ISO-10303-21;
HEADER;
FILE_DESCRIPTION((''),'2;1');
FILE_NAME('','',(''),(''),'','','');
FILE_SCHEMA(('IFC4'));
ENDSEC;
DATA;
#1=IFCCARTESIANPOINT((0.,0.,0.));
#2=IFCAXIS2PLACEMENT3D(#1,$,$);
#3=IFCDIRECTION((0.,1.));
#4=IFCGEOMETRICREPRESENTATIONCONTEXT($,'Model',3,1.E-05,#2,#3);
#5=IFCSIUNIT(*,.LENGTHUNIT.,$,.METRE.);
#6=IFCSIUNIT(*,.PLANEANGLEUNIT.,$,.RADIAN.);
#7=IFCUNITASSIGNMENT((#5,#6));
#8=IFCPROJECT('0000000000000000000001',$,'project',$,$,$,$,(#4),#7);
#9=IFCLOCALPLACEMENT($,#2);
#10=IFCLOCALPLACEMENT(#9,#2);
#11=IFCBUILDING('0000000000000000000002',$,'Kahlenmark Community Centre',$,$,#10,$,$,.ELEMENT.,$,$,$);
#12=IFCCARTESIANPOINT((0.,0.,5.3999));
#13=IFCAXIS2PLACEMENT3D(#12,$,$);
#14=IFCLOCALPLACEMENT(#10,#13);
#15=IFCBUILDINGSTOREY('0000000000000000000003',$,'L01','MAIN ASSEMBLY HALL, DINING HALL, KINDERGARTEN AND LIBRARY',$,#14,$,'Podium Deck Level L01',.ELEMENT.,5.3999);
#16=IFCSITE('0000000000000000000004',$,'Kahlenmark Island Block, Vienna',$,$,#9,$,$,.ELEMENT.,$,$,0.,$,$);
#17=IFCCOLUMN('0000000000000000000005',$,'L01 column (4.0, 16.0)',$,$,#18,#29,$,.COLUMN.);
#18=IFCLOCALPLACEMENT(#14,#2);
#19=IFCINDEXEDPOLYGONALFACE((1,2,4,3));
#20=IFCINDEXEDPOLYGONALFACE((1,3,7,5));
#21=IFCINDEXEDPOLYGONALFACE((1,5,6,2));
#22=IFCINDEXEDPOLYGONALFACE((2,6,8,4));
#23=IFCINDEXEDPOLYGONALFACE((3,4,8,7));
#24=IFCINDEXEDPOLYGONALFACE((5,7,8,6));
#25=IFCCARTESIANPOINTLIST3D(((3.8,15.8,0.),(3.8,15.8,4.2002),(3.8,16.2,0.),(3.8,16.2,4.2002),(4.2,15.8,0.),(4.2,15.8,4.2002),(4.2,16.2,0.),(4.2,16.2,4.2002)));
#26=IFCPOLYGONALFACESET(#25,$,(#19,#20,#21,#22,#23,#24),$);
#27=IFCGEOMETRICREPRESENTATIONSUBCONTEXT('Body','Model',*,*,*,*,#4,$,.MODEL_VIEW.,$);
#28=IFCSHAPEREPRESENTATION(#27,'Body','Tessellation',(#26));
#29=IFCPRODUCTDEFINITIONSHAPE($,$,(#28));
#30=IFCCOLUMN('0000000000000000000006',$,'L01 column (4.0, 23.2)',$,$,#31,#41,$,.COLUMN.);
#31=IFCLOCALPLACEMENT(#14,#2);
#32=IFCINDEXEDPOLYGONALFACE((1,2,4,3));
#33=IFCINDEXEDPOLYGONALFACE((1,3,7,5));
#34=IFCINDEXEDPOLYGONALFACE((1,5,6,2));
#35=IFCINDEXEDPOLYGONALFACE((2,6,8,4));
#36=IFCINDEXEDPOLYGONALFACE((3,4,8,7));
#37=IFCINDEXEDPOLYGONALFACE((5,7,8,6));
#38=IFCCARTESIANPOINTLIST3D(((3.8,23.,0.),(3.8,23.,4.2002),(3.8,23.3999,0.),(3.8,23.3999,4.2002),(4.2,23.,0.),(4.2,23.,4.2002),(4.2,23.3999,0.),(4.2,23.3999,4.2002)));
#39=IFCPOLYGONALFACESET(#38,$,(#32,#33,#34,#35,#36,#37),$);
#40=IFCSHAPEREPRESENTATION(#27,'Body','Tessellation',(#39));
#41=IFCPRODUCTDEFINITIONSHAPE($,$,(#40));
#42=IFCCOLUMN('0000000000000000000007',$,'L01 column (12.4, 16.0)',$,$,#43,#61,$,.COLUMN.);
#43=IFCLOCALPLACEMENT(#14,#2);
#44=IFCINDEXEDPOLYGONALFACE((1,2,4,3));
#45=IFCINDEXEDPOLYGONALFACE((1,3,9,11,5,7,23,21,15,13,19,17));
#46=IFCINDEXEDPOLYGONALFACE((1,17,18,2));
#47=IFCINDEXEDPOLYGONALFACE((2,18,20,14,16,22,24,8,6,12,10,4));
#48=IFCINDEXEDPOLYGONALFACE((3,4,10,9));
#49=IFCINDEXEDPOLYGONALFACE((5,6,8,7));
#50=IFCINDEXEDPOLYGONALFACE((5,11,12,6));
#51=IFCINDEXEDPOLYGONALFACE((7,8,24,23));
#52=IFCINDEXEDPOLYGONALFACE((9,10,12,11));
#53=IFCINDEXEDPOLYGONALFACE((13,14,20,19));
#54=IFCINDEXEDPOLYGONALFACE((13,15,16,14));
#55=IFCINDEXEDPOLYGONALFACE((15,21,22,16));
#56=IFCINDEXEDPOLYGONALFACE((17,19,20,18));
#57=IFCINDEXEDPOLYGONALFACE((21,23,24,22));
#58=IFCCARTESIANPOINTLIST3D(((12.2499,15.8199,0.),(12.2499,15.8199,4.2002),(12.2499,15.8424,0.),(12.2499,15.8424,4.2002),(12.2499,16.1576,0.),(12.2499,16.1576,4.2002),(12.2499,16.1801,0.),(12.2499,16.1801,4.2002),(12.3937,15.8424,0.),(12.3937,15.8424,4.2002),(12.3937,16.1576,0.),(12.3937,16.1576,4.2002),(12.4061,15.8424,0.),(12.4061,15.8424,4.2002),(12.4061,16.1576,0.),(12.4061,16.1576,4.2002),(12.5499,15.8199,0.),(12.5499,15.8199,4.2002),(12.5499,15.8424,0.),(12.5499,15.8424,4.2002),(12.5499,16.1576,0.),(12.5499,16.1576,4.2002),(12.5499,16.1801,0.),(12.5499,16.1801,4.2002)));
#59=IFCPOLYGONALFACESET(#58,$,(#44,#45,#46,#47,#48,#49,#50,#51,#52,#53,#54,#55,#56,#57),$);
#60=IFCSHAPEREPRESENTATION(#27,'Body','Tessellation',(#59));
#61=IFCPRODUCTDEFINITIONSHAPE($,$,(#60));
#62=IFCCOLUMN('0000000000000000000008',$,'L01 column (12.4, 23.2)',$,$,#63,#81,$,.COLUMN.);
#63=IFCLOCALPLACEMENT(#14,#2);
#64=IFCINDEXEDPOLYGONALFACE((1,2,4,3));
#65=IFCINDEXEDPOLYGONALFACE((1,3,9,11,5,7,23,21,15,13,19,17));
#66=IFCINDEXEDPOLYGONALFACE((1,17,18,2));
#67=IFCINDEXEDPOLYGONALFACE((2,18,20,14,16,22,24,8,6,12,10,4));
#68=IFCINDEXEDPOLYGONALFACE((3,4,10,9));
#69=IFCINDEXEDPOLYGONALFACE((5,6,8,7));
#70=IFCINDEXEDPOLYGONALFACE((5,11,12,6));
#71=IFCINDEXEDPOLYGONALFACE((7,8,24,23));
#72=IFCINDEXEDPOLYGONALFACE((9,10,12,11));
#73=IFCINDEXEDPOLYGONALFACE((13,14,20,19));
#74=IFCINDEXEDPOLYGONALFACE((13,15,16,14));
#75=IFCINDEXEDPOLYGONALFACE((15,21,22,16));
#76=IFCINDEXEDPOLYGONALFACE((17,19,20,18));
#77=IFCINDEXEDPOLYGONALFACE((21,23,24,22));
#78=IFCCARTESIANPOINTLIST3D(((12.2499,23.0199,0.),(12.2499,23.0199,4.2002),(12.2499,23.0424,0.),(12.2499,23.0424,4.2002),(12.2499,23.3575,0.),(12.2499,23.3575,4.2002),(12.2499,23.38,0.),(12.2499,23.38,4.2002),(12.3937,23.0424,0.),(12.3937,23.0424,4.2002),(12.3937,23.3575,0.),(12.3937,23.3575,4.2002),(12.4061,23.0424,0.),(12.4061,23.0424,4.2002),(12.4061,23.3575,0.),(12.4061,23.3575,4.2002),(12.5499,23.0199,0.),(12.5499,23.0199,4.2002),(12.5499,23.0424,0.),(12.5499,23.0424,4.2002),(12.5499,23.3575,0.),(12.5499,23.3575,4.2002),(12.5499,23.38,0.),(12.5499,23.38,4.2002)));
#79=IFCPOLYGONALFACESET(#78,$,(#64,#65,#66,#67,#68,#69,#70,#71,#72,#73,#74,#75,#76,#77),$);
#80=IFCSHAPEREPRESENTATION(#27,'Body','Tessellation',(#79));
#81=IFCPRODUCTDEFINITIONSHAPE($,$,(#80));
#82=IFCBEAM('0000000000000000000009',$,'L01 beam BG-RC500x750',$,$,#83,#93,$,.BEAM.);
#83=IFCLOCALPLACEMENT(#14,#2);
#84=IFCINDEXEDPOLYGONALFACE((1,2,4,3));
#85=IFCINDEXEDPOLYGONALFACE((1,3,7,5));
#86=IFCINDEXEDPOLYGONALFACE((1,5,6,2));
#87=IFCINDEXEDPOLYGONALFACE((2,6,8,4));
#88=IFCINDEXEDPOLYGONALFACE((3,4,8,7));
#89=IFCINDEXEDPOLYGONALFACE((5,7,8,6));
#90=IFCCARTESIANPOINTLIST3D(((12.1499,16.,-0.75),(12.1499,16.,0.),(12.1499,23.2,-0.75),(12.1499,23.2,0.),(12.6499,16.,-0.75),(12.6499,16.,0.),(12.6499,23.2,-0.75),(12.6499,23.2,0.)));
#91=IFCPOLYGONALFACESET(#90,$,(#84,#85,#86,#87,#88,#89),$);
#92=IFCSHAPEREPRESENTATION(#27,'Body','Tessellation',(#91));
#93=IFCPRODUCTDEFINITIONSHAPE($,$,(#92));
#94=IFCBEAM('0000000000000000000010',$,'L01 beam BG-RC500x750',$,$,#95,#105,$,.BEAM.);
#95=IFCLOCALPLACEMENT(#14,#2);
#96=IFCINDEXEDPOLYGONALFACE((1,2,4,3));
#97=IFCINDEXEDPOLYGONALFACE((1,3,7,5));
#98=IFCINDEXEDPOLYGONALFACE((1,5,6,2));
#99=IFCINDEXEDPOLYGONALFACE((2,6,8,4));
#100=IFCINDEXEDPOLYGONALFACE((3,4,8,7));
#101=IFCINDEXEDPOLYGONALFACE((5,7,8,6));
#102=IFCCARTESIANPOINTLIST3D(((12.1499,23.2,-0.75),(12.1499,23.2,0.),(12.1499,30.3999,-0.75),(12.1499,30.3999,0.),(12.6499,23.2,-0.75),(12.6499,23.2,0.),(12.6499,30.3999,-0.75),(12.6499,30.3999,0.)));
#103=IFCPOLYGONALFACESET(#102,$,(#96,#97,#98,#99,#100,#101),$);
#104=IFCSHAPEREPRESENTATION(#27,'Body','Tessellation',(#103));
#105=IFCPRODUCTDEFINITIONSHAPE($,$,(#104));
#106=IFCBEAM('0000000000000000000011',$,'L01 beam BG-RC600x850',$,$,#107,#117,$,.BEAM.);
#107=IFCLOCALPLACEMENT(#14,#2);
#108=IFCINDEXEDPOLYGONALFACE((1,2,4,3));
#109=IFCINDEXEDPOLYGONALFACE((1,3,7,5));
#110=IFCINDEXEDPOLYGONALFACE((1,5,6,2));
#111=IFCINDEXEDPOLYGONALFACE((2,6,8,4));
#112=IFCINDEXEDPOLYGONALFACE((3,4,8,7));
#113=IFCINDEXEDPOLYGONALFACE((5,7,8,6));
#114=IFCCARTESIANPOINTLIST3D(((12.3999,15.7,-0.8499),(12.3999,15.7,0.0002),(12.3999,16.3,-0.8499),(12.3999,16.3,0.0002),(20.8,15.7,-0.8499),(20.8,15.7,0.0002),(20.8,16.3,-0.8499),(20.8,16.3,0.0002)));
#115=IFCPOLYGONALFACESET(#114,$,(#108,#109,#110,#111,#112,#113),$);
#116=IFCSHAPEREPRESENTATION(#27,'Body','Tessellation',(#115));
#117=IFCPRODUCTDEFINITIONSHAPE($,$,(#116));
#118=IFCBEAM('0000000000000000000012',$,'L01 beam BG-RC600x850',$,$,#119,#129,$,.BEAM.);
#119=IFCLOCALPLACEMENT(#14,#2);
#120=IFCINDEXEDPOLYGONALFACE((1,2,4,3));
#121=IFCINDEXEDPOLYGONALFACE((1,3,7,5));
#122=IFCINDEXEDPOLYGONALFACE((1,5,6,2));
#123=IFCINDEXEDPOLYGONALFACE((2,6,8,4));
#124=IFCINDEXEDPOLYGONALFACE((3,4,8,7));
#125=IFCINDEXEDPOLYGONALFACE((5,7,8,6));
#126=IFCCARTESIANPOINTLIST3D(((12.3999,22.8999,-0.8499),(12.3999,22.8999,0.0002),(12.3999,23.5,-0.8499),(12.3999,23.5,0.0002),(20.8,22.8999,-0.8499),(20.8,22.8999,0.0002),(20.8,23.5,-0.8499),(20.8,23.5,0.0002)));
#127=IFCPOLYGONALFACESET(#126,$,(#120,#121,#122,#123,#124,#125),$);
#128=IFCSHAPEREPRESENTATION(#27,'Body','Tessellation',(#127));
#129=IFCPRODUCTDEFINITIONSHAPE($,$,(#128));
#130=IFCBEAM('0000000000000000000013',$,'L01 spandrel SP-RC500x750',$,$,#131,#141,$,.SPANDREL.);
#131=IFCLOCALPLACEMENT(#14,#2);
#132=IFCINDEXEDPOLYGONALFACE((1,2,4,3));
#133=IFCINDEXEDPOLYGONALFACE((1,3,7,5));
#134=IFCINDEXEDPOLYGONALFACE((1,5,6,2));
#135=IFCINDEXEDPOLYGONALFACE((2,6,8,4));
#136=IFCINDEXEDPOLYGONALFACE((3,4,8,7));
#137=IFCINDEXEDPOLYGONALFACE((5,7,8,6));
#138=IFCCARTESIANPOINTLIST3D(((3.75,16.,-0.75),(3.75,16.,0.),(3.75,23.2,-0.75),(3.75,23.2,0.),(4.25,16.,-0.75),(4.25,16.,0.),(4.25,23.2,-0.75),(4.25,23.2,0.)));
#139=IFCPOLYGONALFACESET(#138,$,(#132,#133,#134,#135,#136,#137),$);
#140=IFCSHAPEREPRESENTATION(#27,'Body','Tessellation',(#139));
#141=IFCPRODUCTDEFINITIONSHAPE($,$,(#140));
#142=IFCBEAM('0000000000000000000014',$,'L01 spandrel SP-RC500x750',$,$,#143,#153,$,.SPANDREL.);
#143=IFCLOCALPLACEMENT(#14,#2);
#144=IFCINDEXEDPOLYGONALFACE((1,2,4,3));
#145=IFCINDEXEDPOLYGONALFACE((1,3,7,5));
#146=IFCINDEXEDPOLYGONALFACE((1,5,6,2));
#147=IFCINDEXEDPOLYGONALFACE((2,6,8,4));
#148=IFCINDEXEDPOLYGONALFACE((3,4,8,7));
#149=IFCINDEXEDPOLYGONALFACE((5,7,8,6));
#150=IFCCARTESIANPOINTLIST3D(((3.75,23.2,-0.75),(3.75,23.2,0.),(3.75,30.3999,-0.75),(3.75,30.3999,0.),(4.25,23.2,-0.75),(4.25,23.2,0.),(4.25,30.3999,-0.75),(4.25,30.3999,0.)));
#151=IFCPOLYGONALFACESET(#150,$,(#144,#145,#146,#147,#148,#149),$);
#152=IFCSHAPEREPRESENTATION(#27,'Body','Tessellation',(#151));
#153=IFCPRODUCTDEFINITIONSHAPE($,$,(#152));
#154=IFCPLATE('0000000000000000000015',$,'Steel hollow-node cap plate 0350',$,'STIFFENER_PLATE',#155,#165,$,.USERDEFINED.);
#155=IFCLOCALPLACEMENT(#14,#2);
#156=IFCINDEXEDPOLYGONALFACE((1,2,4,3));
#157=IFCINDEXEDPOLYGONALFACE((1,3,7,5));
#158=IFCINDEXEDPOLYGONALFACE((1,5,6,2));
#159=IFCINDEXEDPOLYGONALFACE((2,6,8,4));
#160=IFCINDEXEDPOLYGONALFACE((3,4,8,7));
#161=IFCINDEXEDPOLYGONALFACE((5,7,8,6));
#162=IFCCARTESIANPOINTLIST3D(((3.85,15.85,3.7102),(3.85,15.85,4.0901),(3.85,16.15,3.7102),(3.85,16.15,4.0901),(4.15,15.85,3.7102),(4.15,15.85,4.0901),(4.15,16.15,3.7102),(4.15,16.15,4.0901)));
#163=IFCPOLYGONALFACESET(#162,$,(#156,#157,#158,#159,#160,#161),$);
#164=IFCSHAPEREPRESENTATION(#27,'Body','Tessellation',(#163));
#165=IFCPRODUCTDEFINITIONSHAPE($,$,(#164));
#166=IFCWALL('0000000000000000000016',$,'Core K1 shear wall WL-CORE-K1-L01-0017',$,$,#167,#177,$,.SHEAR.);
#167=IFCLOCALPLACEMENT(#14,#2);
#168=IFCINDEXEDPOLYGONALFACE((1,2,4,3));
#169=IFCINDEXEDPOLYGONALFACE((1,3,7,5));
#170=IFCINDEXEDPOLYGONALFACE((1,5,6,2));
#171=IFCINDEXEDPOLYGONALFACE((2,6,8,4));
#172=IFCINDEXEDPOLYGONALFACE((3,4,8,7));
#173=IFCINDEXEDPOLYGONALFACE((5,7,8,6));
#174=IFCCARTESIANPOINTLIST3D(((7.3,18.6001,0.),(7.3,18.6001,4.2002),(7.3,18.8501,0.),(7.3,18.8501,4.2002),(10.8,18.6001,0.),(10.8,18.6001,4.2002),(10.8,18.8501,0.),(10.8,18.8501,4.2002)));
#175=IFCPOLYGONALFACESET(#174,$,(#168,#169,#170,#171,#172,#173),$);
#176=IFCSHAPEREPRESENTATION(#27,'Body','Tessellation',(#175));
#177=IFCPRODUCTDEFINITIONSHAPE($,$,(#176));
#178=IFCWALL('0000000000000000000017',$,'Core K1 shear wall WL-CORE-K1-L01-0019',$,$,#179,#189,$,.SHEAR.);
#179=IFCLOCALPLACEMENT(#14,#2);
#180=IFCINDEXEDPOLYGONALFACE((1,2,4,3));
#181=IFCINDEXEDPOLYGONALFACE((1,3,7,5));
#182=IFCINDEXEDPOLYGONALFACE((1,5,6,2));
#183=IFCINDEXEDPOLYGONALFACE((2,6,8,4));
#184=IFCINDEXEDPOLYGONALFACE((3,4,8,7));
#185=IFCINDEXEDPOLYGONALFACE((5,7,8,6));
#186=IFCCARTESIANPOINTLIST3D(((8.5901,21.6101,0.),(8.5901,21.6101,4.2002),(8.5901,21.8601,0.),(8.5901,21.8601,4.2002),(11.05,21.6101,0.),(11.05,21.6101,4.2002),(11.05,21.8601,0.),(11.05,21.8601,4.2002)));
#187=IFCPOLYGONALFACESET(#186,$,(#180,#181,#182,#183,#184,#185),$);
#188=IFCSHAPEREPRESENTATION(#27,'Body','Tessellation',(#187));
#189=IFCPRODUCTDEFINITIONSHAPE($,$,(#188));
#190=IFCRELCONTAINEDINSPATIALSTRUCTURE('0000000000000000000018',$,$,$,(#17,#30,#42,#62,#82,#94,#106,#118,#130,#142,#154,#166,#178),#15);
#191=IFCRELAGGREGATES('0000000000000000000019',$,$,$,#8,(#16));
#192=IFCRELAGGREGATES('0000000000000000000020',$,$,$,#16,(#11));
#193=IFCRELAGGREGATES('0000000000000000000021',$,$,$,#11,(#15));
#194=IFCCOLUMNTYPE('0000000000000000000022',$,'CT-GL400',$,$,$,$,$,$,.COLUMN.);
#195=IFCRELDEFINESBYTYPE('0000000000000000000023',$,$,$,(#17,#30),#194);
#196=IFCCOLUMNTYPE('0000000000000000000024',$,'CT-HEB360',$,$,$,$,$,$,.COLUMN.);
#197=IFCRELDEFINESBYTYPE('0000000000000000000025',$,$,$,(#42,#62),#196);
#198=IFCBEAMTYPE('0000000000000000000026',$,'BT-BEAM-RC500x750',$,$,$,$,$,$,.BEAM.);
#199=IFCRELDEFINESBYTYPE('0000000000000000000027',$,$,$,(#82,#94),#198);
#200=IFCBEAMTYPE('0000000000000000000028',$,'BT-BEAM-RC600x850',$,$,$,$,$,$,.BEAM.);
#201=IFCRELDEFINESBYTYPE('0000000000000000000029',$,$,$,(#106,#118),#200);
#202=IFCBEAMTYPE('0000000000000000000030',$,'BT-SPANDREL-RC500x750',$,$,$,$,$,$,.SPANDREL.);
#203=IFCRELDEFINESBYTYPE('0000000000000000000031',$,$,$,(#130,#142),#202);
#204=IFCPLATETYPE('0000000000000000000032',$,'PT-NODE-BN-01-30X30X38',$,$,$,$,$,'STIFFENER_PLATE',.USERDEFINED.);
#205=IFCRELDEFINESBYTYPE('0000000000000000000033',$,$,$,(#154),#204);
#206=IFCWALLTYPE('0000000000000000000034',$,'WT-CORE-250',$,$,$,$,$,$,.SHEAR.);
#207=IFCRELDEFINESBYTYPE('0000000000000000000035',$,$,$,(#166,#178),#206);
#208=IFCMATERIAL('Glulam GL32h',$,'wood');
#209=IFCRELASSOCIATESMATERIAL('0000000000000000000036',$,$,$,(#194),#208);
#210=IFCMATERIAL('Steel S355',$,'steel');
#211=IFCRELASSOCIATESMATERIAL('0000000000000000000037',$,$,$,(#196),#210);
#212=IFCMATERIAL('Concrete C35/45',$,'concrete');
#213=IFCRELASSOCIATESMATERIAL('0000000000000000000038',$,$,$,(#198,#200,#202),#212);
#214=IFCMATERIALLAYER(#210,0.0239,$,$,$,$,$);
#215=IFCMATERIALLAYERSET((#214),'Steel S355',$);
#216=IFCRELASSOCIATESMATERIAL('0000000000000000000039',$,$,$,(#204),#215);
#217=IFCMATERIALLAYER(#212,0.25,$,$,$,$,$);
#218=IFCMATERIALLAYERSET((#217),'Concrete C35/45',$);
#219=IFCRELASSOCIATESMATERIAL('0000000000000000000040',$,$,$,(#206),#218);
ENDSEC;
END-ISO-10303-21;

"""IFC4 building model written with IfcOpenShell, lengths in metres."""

from ifc_helpers import new_model, si_unit, direction, frame, frame_2d, origin, origin_2d, place, context, subcontext, project, spatial, rectangle, i_section, extrude, material, layer, layer_set, material_profile, profile_set, type_object, element, save


model = new_model("IFC4")

# Units and contexts
model_context = context("Model", 3, precision=1e-05, world=origin(), true_north=direction((0.0, 1.0)))
body_context = subcontext(model_context, "Body", "Model", "MODEL_VIEW")
ifc_project = project(units=[si_unit("LENGTHUNIT", "METRE"), si_unit("PLANEANGLEUNIT", "RADIAN")], contexts=[model_context])

# Site, building, storey
site_placement = place(None, origin())
site = spatial("IfcSite", under=ifc_project, at=site_placement, Name="Kahlenmark Island Block, Vienna", CompositionType="ELEMENT", RefElevation=0.0)
building_placement = place(site_placement, origin())
building = spatial("IfcBuilding", under=site, at=building_placement, Name="Kahlenmark Community Centre", CompositionType="ELEMENT")
storey_placement = place(building_placement, frame((0.0, 0.0, 5.3999)))
storey = spatial("IfcBuildingStorey", under=building, at=storey_placement, Name="L01", Description="MAIN ASSEMBLY HALL, DINING HALL, KINDERGARTEN AND LIBRARY", LongName="Podium Deck Level L01", CompositionType="ELEMENT", Elevation=5.3999)

# Columns
ifc_material_1 = material(Name="Glulam GL32h", Category="wood")
ifc_material_profile_1 = material_profile(ifc_material_1, rectangle(XDim=0.3999, YDim=0.3999, at=origin_2d()), Name="GL32h 400x400")
ifc_profile_set_1 = profile_set([ifc_material_profile_1], Name="Glulam GL32h")
column_type_1 = type_object("IfcColumnType", Name="CT-GL400", PredefinedType="COLUMN", material=ifc_profile_set_1)
for number, where, z_axis, x_axis, name in (
    (1, (4.0, 16.0, 0.0), (0.0, 0.0, 1.0), (1.0, 0.0, 0.0), "L01 column (4.0, 16.0)"),
    (2, (4.0, 23.2, 0.0), (0.0, 0.0, 1.0), (1.0, 0.0, 0.0), "L01 column (4.0, 23.2)"),
):
    element("IfcColumn", number, at=place(storey_placement, frame(where, z_axis=z_axis, x_axis=x_axis)), inside=storey, type_object=column_type_1, Name=name, PredefinedType="COLUMN", context=body_context, shape_type="SweptSolid", body=[
        extrude(rectangle(XDim=0.3999, YDim=0.3999, at=origin_2d()), origin(), (0.0, 0.0, 1.0), 4.2002),
    ])
ifc_material_2 = material(Name="Steel S355", Category="steel")
ifc_material_profile_2 = material_profile(ifc_material_2, i_section(OverallWidth=0.3, OverallDepth=0.3601, WebThickness=0.0125, FlangeThickness=0.0225, at=origin_2d()), Name="HEB 360")
ifc_profile_set_2 = profile_set([ifc_material_profile_2], Name="Steel S355")
column_type_2 = type_object("IfcColumnType", Name="CT-HEB360", PredefinedType="COLUMN", material=ifc_profile_set_2)
for number, where, z_axis, x_axis, name in (
    (3, (12.3999, 16.0, 0.0), (0.0, 0.0, 1.0), (1.0, 0.0, 0.0), "L01 column (12.4, 16.0)"),
    (4, (12.3999, 23.2, 0.0), (0.0, 0.0, 1.0), (1.0, 0.0, 0.0), "L01 column (12.4, 23.2)"),
):
    element("IfcColumn", number, at=place(storey_placement, frame(where, z_axis=z_axis, x_axis=x_axis)), inside=storey, type_object=column_type_2, Name=name, PredefinedType="COLUMN", context=body_context, shape_type="SweptSolid", body=[
        extrude(i_section(OverallWidth=0.3, OverallDepth=0.3601, WebThickness=0.0125, FlangeThickness=0.0225, at=origin_2d()), origin(), (0.0, 0.0, 1.0), 4.2002),
    ])

# Beams
ifc_material_3 = material(Name="Concrete C35/45", Category="concrete")
ifc_material_profile_3 = material_profile(ifc_material_3, rectangle(XDim=0.5, YDim=0.75, at=origin_2d()), Name="RC 500x750")
ifc_profile_set_3 = profile_set([ifc_material_profile_3], Name="Concrete C35/45")
beam_type_1 = type_object("IfcBeamType", Name="BT-BEAM-RC500x750", PredefinedType="BEAM", material=ifc_profile_set_3)
for number, where, z_axis, x_axis, name in (
    (5, (12.3999, 16.0, -0.375), (0.0, 1.0, 0.0), (-1.0, 0.0, 0.0), "L01 beam BG-RC500x750"),
    (6, (12.3999, 23.2, -0.375), (0.0, 1.0, 0.0), (-1.0, 0.0, 0.0), "L01 beam BG-RC500x750"),
):
    element("IfcBeam", number, at=place(storey_placement, frame(where, z_axis=z_axis, x_axis=x_axis)), inside=storey, type_object=beam_type_1, Name=name, PredefinedType="BEAM", context=body_context, shape_type="SweptSolid", body=[
        extrude(rectangle(XDim=0.5, YDim=0.75, at=origin_2d()), origin(), (0.0, 0.0, 1.0), 7.2),
    ])
ifc_material_profile_4 = material_profile(ifc_material_3, rectangle(XDim=0.6001, YDim=0.8501, at=origin_2d()), Name="RC 600x850")
ifc_profile_set_4 = profile_set([ifc_material_profile_4], Name="Concrete C35/45")
beam_type_2 = type_object("IfcBeamType", Name="BT-BEAM-RC600x850", PredefinedType="BEAM", material=ifc_profile_set_4)
for number, where, z_axis, x_axis, name in (
    (7, (12.3999, 16.0, -0.4248), (1.0, 0.0, 0.0), (0.0, 1.0, 0.0), "L01 beam BG-RC600x850"),
    (8, (12.3999, 23.2, -0.4248), (1.0, 0.0, 0.0), (0.0, 1.0, 0.0), "L01 beam BG-RC600x850"),
):
    element("IfcBeam", number, at=place(storey_placement, frame(where, z_axis=z_axis, x_axis=x_axis)), inside=storey, type_object=beam_type_2, Name=name, PredefinedType="BEAM", context=body_context, shape_type="SweptSolid", body=[
        extrude(rectangle(XDim=0.6001, YDim=0.8501, at=origin_2d()), origin(), (0.0, 0.0, 1.0), 8.4001),
    ])
ifc_material_profile_5 = material_profile(ifc_material_3, rectangle(XDim=0.5, YDim=0.75, at=origin_2d()), Name="RC 500x750")
ifc_profile_set_5 = profile_set([ifc_material_profile_5], Name="Concrete C35/45")
beam_type_3 = type_object("IfcBeamType", Name="BT-SPANDREL-RC500x750", PredefinedType="SPANDREL", material=ifc_profile_set_5)
for number, where, z_axis, x_axis, name in (
    (9, (4.0, 16.0, -0.375), (0.0, 1.0, 0.0), (-1.0, 0.0, 0.0), "L01 spandrel SP-RC500x750"),
    (10, (4.0, 23.2, -0.375), (0.0, 1.0, 0.0), (-1.0, 0.0, 0.0), "L01 spandrel SP-RC500x750"),
):
    element("IfcBeam", number, at=place(storey_placement, frame(where, z_axis=z_axis, x_axis=x_axis)), inside=storey, type_object=beam_type_3, Name=name, PredefinedType="SPANDREL", context=body_context, shape_type="SweptSolid", body=[
        extrude(rectangle(XDim=0.5, YDim=0.75, at=origin_2d()), origin(), (0.0, 0.0, 1.0), 7.2),
    ])

# Plate
ifc_layer_1 = layer(ifc_material_2, 0.0239)
ifc_layer_set_1 = layer_set([ifc_layer_1], Name="Steel S355")
plate_type = type_object("IfcPlateType", Name="PT-NODE-BN-01-30X30X38", ElementType="STIFFENER_PLATE", PredefinedType="USERDEFINED", material=ifc_layer_set_1)
plate_placement = place(storey_placement, frame((4.0, 16.0, 3.7102), z_axis=(0.0, 0.0, 1.0), x_axis=(1.0, 0.0, 0.0)))
element("IfcPlate", 11, at=plate_placement, inside=storey, type_object=plate_type, Name="Steel hollow-node cap plate 0350", ObjectType="STIFFENER_PLATE", PredefinedType="USERDEFINED", context=body_context, shape_type="SweptSolid", body=[
    extrude(rectangle(XDim=0.3, YDim=0.3, at=origin_2d()), origin(), (0.0, 0.0, 1.0), 0.3799),
])

# Walls
ifc_layer_2 = layer(ifc_material_3, 0.25)
ifc_layer_set_2 = layer_set([ifc_layer_2], Name="Concrete C35/45")
wall_type_1 = type_object("IfcWallType", Name="WT-CORE-250", PredefinedType="SHEAR", material=ifc_layer_set_2)
wall_1_placement = place(storey_placement, frame((10.8, 18.7251, 0.0), z_axis=(0.0, 0.0, 1.0), x_axis=(-1.0, 0.0, 0.0)))
element("IfcWall", 12, at=wall_1_placement, inside=storey, type_object=wall_type_1, Name="Core K1 shear wall WL-CORE-K1-L01-0017", PredefinedType="SHEAR", context=body_context, shape_type="SweptSolid", body=[
    extrude(rectangle(XDim=3.5, YDim=0.25, at=frame_2d((1.75, 0.0))), origin(), (0.0, 0.0, 1.0), 4.2002),
])
wall_2_placement = place(storey_placement, frame((8.5901, 21.7351, 0.0), z_axis=(0.0, 0.0, 1.0), x_axis=(1.0, 0.0, 0.0)))
element("IfcWall", 13, at=wall_2_placement, inside=storey, type_object=wall_type_1, Name="Core K1 shear wall WL-CORE-K1-L01-0019", PredefinedType="SHEAR", context=body_context, shape_type="SweptSolid", body=[
    extrude(rectangle(XDim=2.46, YDim=0.25, at=frame_2d((1.23, 0.0))), origin(), (0.0, 0.0, 1.0), 4.2002),
])

save(model, "model.ifc")
